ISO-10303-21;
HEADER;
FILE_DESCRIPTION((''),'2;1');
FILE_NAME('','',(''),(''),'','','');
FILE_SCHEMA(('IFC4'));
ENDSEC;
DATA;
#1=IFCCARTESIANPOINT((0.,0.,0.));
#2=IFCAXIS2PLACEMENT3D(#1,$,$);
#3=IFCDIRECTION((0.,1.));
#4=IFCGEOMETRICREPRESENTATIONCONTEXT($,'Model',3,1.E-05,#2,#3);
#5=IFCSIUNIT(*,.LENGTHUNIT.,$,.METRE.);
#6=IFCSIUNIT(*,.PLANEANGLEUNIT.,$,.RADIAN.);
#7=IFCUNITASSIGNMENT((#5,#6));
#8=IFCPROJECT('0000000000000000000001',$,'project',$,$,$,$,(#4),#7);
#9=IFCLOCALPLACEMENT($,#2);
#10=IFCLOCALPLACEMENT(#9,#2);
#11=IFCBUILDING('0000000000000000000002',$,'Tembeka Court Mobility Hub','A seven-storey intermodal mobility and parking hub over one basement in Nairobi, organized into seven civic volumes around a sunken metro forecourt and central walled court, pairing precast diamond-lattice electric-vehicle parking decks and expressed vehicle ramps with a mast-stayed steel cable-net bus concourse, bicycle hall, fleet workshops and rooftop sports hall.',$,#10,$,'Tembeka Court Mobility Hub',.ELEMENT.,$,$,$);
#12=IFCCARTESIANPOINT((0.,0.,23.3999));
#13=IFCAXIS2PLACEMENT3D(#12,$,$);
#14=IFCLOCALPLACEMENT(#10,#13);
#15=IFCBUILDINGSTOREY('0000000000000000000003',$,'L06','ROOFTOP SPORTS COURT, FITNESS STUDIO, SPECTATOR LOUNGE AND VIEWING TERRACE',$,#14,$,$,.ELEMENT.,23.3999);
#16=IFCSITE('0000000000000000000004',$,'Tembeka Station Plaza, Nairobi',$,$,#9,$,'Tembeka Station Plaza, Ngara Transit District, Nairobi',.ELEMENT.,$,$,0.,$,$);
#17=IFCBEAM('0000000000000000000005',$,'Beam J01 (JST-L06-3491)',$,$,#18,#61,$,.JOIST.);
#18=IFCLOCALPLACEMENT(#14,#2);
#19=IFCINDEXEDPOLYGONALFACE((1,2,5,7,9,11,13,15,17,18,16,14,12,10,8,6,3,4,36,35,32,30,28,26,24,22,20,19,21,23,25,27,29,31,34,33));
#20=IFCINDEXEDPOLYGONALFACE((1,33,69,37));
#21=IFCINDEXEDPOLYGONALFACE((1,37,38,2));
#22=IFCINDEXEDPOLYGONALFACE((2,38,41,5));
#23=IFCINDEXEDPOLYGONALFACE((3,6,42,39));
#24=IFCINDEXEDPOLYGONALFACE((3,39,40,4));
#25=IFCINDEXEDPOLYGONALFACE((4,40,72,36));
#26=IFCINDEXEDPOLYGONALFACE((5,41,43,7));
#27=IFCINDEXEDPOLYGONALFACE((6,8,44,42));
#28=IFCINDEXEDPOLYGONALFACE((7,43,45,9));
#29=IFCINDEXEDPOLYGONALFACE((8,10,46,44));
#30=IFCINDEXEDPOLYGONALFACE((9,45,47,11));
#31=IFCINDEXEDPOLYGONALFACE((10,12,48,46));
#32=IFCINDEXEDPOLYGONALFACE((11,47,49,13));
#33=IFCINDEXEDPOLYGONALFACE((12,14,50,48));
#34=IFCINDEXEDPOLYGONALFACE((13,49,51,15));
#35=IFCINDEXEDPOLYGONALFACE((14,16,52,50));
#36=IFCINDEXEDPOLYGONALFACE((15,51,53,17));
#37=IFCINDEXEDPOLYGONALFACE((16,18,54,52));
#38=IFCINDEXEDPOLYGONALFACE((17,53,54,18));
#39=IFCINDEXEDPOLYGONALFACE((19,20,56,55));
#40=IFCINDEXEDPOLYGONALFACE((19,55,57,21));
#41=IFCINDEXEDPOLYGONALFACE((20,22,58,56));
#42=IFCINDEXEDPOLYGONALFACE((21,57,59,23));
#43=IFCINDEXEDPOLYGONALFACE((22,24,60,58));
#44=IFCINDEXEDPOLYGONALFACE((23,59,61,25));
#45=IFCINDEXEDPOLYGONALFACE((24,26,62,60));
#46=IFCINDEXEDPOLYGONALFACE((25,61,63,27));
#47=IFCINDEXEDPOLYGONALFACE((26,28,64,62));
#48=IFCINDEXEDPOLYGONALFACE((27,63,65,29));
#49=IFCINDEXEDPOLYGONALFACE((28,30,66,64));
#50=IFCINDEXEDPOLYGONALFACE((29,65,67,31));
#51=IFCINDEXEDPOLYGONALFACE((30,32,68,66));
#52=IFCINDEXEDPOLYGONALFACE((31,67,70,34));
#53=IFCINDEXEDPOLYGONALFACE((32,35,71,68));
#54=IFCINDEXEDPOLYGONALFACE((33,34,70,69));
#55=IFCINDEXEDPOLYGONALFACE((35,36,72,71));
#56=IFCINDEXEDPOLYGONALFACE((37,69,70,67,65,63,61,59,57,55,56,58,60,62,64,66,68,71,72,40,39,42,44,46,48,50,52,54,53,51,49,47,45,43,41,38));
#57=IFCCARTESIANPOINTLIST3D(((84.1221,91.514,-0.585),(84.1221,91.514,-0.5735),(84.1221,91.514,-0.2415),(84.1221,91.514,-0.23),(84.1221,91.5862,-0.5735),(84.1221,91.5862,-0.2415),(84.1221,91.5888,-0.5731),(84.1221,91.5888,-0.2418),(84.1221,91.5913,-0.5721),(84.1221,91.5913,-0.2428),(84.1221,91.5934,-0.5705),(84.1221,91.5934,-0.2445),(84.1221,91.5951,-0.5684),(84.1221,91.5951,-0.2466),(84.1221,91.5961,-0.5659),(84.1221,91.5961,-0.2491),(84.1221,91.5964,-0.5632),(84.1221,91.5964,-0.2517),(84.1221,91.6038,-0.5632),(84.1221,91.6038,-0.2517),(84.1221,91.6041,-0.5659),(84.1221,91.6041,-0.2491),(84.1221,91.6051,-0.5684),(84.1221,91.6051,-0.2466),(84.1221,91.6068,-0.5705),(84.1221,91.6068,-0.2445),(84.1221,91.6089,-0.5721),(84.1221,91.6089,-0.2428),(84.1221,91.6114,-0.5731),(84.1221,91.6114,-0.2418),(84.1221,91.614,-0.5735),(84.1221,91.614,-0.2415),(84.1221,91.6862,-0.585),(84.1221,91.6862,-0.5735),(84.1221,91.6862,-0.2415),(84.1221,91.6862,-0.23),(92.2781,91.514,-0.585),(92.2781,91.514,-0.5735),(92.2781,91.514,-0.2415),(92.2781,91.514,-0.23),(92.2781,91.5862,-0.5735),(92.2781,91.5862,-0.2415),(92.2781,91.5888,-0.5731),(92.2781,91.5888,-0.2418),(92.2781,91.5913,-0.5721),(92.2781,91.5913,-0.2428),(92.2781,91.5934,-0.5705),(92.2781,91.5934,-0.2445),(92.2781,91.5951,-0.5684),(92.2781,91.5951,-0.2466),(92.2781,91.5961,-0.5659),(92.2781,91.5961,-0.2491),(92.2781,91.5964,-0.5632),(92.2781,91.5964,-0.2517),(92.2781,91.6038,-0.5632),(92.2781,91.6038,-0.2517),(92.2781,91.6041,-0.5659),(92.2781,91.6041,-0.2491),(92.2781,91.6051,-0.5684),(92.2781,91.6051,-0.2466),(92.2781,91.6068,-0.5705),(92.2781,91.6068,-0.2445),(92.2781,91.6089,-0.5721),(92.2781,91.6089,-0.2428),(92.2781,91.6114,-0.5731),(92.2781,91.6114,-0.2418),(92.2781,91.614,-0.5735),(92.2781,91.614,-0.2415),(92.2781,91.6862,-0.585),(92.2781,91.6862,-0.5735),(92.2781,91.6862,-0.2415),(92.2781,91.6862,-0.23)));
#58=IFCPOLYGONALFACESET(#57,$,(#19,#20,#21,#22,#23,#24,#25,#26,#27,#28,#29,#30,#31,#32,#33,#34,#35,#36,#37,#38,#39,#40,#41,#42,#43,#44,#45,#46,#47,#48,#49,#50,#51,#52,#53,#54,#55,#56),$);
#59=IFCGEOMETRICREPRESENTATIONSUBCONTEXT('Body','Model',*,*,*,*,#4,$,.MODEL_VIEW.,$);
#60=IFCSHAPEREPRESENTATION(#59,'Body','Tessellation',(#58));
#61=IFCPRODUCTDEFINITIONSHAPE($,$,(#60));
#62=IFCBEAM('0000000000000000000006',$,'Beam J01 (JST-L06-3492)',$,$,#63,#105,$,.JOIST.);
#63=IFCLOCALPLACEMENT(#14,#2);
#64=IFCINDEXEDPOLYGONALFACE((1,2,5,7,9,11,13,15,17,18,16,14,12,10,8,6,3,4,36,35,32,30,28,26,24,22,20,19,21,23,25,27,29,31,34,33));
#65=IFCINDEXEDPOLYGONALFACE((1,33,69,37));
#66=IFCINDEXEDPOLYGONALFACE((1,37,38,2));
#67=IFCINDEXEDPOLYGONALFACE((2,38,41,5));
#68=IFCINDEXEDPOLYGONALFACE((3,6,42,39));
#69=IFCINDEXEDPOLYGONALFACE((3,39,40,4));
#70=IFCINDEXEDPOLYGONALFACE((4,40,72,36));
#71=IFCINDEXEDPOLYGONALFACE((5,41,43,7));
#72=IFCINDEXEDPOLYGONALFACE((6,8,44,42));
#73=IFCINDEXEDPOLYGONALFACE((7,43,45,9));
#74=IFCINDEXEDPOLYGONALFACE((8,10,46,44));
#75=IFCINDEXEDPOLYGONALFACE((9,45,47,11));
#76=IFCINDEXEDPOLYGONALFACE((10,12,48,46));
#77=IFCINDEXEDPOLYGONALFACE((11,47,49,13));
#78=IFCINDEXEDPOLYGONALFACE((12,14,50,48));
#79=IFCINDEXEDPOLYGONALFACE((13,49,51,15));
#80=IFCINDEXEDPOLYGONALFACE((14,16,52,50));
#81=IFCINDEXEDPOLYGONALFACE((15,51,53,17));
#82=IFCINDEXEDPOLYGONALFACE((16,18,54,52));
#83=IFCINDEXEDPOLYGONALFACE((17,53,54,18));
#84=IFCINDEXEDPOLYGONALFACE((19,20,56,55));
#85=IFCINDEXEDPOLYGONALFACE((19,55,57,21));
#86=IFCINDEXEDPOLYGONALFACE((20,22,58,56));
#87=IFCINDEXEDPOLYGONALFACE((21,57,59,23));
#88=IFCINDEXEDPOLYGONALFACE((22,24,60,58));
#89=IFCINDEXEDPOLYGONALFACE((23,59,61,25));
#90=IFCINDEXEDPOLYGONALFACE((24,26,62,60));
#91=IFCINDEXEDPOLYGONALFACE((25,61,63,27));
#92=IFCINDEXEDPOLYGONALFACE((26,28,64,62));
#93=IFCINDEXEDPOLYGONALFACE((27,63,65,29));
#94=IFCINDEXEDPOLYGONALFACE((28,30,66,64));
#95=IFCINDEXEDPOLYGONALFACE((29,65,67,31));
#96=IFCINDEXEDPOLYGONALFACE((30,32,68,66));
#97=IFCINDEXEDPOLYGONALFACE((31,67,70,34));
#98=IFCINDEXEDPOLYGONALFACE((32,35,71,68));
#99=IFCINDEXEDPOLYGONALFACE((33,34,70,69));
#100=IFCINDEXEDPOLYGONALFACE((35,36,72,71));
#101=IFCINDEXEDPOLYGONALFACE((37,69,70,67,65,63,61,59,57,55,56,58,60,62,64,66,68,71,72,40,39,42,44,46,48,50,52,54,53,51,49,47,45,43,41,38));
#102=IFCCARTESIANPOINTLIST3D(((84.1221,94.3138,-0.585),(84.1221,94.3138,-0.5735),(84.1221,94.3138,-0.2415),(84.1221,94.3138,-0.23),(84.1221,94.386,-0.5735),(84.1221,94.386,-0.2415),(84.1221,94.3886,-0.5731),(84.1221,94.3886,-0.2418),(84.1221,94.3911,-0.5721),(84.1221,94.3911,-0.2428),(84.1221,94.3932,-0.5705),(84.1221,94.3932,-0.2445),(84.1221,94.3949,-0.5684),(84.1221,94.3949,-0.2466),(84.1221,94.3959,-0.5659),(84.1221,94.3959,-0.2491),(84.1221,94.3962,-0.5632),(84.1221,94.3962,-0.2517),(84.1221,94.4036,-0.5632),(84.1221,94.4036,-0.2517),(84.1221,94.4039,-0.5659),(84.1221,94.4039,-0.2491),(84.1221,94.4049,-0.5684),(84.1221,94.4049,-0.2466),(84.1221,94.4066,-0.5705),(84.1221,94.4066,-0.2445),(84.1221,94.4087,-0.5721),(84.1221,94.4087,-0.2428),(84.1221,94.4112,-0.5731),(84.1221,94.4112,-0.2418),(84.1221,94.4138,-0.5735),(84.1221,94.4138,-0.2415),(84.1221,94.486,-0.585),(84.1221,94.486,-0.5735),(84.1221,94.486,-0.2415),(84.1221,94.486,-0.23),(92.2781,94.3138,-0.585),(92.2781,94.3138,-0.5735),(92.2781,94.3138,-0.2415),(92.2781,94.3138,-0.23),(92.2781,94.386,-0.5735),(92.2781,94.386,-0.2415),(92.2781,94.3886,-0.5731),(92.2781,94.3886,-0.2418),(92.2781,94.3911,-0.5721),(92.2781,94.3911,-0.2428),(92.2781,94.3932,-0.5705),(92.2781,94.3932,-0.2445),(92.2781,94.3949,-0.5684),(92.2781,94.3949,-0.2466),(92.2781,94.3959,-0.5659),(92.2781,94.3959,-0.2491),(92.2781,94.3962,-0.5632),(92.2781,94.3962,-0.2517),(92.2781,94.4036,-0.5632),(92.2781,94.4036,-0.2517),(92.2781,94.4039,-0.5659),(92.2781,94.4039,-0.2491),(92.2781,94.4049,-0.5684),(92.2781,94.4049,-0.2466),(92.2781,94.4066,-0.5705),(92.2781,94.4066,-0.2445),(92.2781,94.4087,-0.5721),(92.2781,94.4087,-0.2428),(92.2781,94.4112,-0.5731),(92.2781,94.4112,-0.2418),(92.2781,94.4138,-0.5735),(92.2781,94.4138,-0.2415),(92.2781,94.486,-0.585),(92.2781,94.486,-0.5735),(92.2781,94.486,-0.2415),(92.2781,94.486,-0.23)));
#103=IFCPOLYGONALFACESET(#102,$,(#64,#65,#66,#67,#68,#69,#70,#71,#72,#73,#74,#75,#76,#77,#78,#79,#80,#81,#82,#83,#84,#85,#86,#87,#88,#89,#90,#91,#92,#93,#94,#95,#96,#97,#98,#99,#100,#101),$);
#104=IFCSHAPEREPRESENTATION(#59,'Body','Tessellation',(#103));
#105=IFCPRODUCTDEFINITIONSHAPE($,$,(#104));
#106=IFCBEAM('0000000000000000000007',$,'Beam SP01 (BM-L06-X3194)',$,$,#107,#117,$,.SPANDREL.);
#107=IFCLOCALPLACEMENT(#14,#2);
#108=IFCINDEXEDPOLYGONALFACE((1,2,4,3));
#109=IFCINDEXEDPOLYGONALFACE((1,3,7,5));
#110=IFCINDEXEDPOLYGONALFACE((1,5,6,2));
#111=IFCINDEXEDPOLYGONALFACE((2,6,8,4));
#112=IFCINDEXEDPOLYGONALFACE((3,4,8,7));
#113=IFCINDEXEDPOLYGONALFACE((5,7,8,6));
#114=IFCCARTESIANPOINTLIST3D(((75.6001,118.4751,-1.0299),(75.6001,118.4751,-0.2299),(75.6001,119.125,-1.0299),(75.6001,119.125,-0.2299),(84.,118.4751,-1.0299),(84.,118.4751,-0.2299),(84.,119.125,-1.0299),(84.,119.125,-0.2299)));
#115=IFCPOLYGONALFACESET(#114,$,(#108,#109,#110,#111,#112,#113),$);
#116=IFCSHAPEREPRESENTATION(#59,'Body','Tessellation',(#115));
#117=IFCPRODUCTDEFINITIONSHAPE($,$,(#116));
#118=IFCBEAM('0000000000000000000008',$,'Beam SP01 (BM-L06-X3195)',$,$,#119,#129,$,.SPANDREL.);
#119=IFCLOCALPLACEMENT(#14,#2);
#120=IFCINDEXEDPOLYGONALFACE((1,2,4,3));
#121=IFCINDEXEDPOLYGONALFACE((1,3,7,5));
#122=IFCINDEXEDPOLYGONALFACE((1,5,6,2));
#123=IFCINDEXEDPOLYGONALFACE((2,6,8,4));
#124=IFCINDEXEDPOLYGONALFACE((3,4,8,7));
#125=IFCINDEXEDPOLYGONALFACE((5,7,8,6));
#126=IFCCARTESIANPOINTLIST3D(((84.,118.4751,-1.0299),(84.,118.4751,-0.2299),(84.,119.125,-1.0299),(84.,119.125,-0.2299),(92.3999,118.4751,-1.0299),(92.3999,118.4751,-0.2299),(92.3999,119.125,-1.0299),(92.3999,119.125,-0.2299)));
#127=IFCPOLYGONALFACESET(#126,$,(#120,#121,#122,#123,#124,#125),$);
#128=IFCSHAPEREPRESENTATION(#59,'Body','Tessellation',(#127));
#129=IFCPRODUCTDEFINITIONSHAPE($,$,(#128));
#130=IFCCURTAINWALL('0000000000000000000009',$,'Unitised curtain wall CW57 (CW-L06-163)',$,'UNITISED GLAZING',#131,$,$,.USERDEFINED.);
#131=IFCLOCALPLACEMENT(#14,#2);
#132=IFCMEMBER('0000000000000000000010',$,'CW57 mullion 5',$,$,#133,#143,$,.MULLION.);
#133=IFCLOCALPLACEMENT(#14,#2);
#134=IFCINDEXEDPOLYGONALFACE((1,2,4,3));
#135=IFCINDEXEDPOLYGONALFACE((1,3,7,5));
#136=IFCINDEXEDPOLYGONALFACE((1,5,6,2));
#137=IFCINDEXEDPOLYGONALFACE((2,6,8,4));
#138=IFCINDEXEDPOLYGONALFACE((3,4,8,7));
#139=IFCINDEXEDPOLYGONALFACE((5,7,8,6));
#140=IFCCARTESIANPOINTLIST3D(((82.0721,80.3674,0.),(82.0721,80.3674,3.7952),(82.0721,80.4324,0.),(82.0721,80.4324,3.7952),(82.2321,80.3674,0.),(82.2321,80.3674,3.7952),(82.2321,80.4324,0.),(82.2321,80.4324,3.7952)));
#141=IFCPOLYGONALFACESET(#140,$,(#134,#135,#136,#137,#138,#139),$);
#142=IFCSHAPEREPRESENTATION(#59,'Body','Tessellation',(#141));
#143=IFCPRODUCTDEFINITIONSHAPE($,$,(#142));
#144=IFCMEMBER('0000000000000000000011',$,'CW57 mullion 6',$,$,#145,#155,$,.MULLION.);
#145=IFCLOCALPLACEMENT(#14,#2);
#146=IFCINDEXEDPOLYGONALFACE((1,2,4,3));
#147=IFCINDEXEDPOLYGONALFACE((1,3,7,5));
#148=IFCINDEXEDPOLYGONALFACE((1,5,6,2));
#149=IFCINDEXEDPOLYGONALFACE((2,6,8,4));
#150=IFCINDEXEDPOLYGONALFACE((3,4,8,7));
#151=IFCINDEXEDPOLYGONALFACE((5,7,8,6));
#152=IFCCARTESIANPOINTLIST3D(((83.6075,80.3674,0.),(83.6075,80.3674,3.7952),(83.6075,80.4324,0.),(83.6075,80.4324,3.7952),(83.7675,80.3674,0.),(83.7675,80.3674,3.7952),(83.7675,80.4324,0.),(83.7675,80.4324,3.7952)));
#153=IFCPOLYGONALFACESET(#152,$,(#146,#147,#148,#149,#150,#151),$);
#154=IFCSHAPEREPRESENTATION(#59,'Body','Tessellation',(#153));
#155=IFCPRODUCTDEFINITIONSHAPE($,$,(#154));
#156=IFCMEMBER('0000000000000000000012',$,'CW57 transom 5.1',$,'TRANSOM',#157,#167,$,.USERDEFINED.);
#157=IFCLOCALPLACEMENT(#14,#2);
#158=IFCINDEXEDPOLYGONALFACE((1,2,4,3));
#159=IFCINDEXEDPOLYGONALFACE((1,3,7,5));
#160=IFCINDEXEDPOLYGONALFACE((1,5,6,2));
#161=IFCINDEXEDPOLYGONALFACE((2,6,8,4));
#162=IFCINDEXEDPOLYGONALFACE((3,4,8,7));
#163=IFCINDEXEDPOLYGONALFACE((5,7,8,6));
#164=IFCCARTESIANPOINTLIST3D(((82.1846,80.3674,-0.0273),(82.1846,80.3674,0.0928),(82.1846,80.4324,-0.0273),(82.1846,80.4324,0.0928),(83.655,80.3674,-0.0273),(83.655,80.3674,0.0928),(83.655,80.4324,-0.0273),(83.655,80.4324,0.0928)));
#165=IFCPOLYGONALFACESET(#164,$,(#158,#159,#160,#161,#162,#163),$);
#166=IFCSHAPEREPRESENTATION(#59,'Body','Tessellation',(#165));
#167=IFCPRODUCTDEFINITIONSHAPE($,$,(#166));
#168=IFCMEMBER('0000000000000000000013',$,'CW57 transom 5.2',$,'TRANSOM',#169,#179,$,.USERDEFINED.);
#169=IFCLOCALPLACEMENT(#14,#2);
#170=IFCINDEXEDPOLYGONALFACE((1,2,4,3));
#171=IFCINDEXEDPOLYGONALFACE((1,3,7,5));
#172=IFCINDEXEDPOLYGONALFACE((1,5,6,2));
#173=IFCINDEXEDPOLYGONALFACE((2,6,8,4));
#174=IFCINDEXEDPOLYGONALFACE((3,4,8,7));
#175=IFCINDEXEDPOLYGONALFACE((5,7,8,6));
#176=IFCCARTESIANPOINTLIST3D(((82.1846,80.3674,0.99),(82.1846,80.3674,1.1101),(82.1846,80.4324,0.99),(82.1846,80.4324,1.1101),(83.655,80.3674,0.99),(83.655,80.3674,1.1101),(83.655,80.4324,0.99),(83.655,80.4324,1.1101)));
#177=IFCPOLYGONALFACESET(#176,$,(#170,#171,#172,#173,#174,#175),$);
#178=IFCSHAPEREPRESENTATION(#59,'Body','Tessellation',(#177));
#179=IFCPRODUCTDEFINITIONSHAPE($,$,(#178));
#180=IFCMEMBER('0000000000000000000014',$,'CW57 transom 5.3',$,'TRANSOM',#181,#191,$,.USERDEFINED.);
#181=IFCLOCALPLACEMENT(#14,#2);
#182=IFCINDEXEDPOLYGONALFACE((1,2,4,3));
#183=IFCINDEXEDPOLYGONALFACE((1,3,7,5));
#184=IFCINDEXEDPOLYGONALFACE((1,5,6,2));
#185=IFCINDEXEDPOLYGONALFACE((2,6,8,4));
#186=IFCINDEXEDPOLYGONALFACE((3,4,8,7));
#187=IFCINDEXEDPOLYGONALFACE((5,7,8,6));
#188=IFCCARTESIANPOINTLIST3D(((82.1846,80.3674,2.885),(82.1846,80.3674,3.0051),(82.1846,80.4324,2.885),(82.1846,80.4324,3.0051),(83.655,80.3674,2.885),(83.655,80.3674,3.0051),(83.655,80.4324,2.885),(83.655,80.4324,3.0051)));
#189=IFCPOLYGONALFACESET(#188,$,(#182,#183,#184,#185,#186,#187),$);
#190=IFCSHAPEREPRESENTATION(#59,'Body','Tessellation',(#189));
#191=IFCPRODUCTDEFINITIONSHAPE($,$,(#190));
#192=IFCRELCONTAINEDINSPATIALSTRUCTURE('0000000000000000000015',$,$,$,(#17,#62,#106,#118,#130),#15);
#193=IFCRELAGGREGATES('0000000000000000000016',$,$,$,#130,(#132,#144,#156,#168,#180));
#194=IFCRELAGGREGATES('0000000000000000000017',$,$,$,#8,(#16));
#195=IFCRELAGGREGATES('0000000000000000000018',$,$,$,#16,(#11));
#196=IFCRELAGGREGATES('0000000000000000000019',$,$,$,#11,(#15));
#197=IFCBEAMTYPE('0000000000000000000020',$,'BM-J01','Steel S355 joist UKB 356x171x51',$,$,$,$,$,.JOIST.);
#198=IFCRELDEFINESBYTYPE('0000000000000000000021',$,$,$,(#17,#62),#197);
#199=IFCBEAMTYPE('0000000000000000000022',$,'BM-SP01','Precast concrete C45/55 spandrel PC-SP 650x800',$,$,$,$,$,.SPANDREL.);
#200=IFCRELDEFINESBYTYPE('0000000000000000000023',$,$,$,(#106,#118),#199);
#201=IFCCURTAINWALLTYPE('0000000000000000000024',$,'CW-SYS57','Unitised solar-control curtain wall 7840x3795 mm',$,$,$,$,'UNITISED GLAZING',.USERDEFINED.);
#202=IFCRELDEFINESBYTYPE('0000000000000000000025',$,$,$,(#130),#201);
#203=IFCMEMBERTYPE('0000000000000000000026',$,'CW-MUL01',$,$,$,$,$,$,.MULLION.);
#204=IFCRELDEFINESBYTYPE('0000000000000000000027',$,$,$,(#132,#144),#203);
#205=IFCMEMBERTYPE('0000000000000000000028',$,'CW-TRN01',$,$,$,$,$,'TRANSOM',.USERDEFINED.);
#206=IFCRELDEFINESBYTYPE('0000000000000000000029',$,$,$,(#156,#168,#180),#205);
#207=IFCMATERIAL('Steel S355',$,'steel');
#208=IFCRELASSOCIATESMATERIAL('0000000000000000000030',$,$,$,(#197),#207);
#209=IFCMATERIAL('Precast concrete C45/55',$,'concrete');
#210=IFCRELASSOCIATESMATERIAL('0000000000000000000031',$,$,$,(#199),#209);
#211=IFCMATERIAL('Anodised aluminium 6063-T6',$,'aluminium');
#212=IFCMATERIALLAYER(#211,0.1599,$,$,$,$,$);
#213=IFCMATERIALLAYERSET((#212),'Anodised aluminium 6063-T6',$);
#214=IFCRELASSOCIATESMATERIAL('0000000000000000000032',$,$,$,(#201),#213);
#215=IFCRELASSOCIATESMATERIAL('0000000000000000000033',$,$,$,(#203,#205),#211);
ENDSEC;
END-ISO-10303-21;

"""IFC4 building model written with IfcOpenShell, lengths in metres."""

from ifc_helpers import new_model, si_unit, direction, frame, origin, origin_2d, place, context, subcontext, project, spatial, rectangle, i_section, extrude, material, layer, layer_set, material_profile, profile_set, type_object, element, aggregate, save


model = new_model("IFC4")

# Units and contexts
model_context = context("Model", 3, precision=1e-05, world=origin(), true_north=direction((0.0, 1.0)))
body_context = subcontext(model_context, "Body", "Model", "MODEL_VIEW")
ifc_project = project(units=[si_unit("LENGTHUNIT", "METRE"), si_unit("PLANEANGLEUNIT", "RADIAN")], contexts=[model_context])

# Site, building, storey
site_placement = place(None, origin())
site = spatial("IfcSite", under=ifc_project, at=site_placement, Name="Tembeka Station Plaza, Nairobi", LongName="Tembeka Station Plaza, Ngara Transit District, Nairobi", CompositionType="ELEMENT", RefElevation=0.0)
building_placement = place(site_placement, origin())
building = spatial("IfcBuilding", under=site, at=building_placement, Name="Tembeka Court Mobility Hub", Description="A seven-storey intermodal mobility and parking hub over one basement in Nairobi, organized into seven civic volumes around a sunken metro forecourt and central walled court, pairing precast diamond-lattice electric-vehicle parking decks and expressed vehicle ramps with a mast-stayed steel cable-net bus concourse, bicycle hall, fleet workshops and rooftop sports hall.", LongName="Tembeka Court Mobility Hub", CompositionType="ELEMENT")
storey_placement = place(building_placement, frame((0.0, 0.0, 23.3999)))
storey = spatial("IfcBuildingStorey", under=building, at=storey_placement, Name="L06", Description="ROOFTOP SPORTS COURT, FITNESS STUDIO, SPECTATOR LOUNGE AND VIEWING TERRACE", CompositionType="ELEMENT", Elevation=23.3999)

# Shared definitions
ifc_material_1 = material(Name="Steel S355", Category="steel")

# Beams
ifc_material_profile_1 = material_profile(ifc_material_1, i_section(OverallWidth=0.1721, OverallDepth=0.355, WebThickness=0.0073, FlangeThickness=0.0115, FilletRadius=0.0103, at=origin_2d()), Name="UKB 356x171x51")
ifc_profile_set_1 = profile_set([ifc_material_profile_1], Name="Steel S355")
beam_type_1 = type_object("IfcBeamType", Name="BM-J01", Description="Steel S355 joist UKB 356x171x51", PredefinedType="JOIST", material=ifc_profile_set_1)
for number, where, z_axis, x_axis, name in (
    (1, (84.1221, 91.6001, -0.4075), (1.0, 0.0, 0.0), (0.0, 1.0, 0.0), "Beam J01 (JST-L06-3491)"),
    (2, (84.1221, 94.3999, -0.4075), (1.0, 0.0, 0.0), (0.0, 1.0, 0.0), "Beam J01 (JST-L06-3492)"),
):
    element("IfcBeam", number, at=place(storey_placement, frame(where, z_axis=z_axis, x_axis=x_axis)), inside=storey, type_object=beam_type_1, Name=name, PredefinedType="JOIST", context=body_context, shape_type="SweptSolid", body=[
        extrude(i_section(OverallWidth=0.1721, OverallDepth=0.355, WebThickness=0.0073, FlangeThickness=0.0115, FilletRadius=0.0103, at=origin_2d()), origin(), (0.0, 0.0, 1.0), 8.156),
    ])
ifc_material_2 = material(Name="Precast concrete C45/55", Category="concrete")
ifc_material_profile_2 = material_profile(ifc_material_2, rectangle(XDim=0.6499, YDim=0.8, at=origin_2d()), Name="PC-SP 650x800")
ifc_profile_set_2 = profile_set([ifc_material_profile_2], Name="Precast concrete C45/55")
beam_type_2 = type_object("IfcBeamType", Name="BM-SP01", Description="Precast concrete C45/55 spandrel PC-SP 650x800", PredefinedType="SPANDREL", material=ifc_profile_set_2)
for number, where, z_axis, x_axis, name in (
    (3, (75.6001, 118.8, -0.6299), (1.0, 0.0, 0.0), (0.0, 1.0, 0.0), "Beam SP01 (BM-L06-X3194)"),
    (4, (84.0, 118.8, -0.6299), (1.0, 0.0, 0.0), (0.0, 1.0, 0.0), "Beam SP01 (BM-L06-X3195)"),
):
    element("IfcBeam", number, at=place(storey_placement, frame(where, z_axis=z_axis, x_axis=x_axis)), inside=storey, type_object=beam_type_2, Name=name, PredefinedType="SPANDREL", context=body_context, shape_type="SweptSolid", body=[
        extrude(rectangle(XDim=0.6499, YDim=0.8, at=origin_2d()), origin(), (0.0, 0.0, 1.0), 8.3999),
    ])

# Curtain wall, members
ifc_material_3 = material(Name="Anodised aluminium 6063-T6", Category="aluminium")
ifc_layer_1 = layer(ifc_material_3, 0.1599)
ifc_layer_set_1 = layer_set([ifc_layer_1], Name="Anodised aluminium 6063-T6")
curtain_wall_type = type_object("IfcCurtainWallType", Name="CW-SYS57", Description="Unitised solar-control curtain wall 7840x3795 mm", ElementType="UNITISED GLAZING", PredefinedType="USERDEFINED", material=ifc_layer_set_1)
curtain_wall_placement = place(storey_placement, origin())
curtain_wall = element("IfcCurtainWall", 5, at=curtain_wall_placement, inside=storey, type_object=curtain_wall_type, Name="Unitised curtain wall CW57 (CW-L06-163)", ObjectType="UNITISED GLAZING", PredefinedType="USERDEFINED")
ifc_material_profile_3 = material_profile(ifc_material_3, rectangle(XDim=0.0649, YDim=0.1599, at=origin_2d()), Name="ALU-MUL 65x160")
ifc_profile_set_3 = profile_set([ifc_material_profile_3], Name="Anodised aluminium 6063-T6")
member_type_1 = type_object("IfcMemberType", Name="CW-MUL01", PredefinedType="MULLION", material=ifc_profile_set_3)
member_1_placement = place(storey_placement, frame((82.1521, 80.3999, 0.0), z_axis=(0.0, 0.0, 1.0), x_axis=(0.0, 1.0, 0.0)))
member_1 = element("IfcMember", 6, at=member_1_placement, type_object=member_type_1, Name="CW57 mullion 5", PredefinedType="MULLION", context=body_context, shape_type="SweptSolid", body=[
    extrude(rectangle(XDim=0.0649, YDim=0.1599, at=origin_2d()), origin(), (0.0, 0.0, 1.0), 3.7952),
])
member_2_placement = place(storey_placement, frame((83.6875, 80.3999, 0.0), z_axis=(0.0, 0.0, 1.0), x_axis=(0.0, 1.0, 0.0)))
member_2 = element("IfcMember", 7, at=member_2_placement, type_object=member_type_1, Name="CW57 mullion 6", PredefinedType="MULLION", context=body_context, shape_type="SweptSolid", body=[
    extrude(rectangle(XDim=0.0649, YDim=0.1599, at=origin_2d()), origin(), (0.0, 0.0, 1.0), 3.7952),
])
ifc_material_profile_4 = material_profile(ifc_material_3, rectangle(XDim=0.0649, YDim=0.1201, at=origin_2d()), Name="ALU-TRN 65x120")
ifc_profile_set_4 = profile_set([ifc_material_profile_4], Name="Anodised aluminium 6063-T6")
member_type_2 = type_object("IfcMemberType", Name="CW-TRN01", ElementType="TRANSOM", PredefinedType="USERDEFINED", material=ifc_profile_set_4)
member_3_placement = place(storey_placement, frame((82.1846, 80.3999, 0.0327), z_axis=(1.0, 0.0, 0.0), x_axis=(0.0, 1.0, 0.0)))
member_3 = element("IfcMember", 8, at=member_3_placement, type_object=member_type_2, Name="CW57 transom 5.1", ObjectType="TRANSOM", PredefinedType="USERDEFINED", context=body_context, shape_type="SweptSolid", body=[
    extrude(rectangle(XDim=0.0649, YDim=0.1201, at=origin_2d()), origin(), (0.0, 0.0, 1.0), 1.4705),
])
member_4_placement = place(storey_placement, frame((82.1846, 80.3999, 1.05), z_axis=(1.0, 0.0, 0.0), x_axis=(0.0, 1.0, 0.0)))
member_4 = element("IfcMember", 9, at=member_4_placement, type_object=member_type_2, Name="CW57 transom 5.2", ObjectType="TRANSOM", PredefinedType="USERDEFINED", context=body_context, shape_type="SweptSolid", body=[
    extrude(rectangle(XDim=0.0649, YDim=0.1201, at=origin_2d()), origin(), (0.0, 0.0, 1.0), 1.4705),
])
member_5_placement = place(storey_placement, frame((82.1846, 80.3999, 2.9451), z_axis=(1.0, 0.0, 0.0), x_axis=(0.0, 1.0, 0.0)))
member_5 = element("IfcMember", 10, at=member_5_placement, type_object=member_type_2, Name="CW57 transom 5.3", ObjectType="TRANSOM", PredefinedType="USERDEFINED", context=body_context, shape_type="SweptSolid", body=[
    extrude(rectangle(XDim=0.0649, YDim=0.1201, at=origin_2d()), origin(), (0.0, 0.0, 1.0), 1.4705),
])
aggregate(curtain_wall, [member_1, member_2, member_3, member_4, member_5])

save(model, "model.ifc")
